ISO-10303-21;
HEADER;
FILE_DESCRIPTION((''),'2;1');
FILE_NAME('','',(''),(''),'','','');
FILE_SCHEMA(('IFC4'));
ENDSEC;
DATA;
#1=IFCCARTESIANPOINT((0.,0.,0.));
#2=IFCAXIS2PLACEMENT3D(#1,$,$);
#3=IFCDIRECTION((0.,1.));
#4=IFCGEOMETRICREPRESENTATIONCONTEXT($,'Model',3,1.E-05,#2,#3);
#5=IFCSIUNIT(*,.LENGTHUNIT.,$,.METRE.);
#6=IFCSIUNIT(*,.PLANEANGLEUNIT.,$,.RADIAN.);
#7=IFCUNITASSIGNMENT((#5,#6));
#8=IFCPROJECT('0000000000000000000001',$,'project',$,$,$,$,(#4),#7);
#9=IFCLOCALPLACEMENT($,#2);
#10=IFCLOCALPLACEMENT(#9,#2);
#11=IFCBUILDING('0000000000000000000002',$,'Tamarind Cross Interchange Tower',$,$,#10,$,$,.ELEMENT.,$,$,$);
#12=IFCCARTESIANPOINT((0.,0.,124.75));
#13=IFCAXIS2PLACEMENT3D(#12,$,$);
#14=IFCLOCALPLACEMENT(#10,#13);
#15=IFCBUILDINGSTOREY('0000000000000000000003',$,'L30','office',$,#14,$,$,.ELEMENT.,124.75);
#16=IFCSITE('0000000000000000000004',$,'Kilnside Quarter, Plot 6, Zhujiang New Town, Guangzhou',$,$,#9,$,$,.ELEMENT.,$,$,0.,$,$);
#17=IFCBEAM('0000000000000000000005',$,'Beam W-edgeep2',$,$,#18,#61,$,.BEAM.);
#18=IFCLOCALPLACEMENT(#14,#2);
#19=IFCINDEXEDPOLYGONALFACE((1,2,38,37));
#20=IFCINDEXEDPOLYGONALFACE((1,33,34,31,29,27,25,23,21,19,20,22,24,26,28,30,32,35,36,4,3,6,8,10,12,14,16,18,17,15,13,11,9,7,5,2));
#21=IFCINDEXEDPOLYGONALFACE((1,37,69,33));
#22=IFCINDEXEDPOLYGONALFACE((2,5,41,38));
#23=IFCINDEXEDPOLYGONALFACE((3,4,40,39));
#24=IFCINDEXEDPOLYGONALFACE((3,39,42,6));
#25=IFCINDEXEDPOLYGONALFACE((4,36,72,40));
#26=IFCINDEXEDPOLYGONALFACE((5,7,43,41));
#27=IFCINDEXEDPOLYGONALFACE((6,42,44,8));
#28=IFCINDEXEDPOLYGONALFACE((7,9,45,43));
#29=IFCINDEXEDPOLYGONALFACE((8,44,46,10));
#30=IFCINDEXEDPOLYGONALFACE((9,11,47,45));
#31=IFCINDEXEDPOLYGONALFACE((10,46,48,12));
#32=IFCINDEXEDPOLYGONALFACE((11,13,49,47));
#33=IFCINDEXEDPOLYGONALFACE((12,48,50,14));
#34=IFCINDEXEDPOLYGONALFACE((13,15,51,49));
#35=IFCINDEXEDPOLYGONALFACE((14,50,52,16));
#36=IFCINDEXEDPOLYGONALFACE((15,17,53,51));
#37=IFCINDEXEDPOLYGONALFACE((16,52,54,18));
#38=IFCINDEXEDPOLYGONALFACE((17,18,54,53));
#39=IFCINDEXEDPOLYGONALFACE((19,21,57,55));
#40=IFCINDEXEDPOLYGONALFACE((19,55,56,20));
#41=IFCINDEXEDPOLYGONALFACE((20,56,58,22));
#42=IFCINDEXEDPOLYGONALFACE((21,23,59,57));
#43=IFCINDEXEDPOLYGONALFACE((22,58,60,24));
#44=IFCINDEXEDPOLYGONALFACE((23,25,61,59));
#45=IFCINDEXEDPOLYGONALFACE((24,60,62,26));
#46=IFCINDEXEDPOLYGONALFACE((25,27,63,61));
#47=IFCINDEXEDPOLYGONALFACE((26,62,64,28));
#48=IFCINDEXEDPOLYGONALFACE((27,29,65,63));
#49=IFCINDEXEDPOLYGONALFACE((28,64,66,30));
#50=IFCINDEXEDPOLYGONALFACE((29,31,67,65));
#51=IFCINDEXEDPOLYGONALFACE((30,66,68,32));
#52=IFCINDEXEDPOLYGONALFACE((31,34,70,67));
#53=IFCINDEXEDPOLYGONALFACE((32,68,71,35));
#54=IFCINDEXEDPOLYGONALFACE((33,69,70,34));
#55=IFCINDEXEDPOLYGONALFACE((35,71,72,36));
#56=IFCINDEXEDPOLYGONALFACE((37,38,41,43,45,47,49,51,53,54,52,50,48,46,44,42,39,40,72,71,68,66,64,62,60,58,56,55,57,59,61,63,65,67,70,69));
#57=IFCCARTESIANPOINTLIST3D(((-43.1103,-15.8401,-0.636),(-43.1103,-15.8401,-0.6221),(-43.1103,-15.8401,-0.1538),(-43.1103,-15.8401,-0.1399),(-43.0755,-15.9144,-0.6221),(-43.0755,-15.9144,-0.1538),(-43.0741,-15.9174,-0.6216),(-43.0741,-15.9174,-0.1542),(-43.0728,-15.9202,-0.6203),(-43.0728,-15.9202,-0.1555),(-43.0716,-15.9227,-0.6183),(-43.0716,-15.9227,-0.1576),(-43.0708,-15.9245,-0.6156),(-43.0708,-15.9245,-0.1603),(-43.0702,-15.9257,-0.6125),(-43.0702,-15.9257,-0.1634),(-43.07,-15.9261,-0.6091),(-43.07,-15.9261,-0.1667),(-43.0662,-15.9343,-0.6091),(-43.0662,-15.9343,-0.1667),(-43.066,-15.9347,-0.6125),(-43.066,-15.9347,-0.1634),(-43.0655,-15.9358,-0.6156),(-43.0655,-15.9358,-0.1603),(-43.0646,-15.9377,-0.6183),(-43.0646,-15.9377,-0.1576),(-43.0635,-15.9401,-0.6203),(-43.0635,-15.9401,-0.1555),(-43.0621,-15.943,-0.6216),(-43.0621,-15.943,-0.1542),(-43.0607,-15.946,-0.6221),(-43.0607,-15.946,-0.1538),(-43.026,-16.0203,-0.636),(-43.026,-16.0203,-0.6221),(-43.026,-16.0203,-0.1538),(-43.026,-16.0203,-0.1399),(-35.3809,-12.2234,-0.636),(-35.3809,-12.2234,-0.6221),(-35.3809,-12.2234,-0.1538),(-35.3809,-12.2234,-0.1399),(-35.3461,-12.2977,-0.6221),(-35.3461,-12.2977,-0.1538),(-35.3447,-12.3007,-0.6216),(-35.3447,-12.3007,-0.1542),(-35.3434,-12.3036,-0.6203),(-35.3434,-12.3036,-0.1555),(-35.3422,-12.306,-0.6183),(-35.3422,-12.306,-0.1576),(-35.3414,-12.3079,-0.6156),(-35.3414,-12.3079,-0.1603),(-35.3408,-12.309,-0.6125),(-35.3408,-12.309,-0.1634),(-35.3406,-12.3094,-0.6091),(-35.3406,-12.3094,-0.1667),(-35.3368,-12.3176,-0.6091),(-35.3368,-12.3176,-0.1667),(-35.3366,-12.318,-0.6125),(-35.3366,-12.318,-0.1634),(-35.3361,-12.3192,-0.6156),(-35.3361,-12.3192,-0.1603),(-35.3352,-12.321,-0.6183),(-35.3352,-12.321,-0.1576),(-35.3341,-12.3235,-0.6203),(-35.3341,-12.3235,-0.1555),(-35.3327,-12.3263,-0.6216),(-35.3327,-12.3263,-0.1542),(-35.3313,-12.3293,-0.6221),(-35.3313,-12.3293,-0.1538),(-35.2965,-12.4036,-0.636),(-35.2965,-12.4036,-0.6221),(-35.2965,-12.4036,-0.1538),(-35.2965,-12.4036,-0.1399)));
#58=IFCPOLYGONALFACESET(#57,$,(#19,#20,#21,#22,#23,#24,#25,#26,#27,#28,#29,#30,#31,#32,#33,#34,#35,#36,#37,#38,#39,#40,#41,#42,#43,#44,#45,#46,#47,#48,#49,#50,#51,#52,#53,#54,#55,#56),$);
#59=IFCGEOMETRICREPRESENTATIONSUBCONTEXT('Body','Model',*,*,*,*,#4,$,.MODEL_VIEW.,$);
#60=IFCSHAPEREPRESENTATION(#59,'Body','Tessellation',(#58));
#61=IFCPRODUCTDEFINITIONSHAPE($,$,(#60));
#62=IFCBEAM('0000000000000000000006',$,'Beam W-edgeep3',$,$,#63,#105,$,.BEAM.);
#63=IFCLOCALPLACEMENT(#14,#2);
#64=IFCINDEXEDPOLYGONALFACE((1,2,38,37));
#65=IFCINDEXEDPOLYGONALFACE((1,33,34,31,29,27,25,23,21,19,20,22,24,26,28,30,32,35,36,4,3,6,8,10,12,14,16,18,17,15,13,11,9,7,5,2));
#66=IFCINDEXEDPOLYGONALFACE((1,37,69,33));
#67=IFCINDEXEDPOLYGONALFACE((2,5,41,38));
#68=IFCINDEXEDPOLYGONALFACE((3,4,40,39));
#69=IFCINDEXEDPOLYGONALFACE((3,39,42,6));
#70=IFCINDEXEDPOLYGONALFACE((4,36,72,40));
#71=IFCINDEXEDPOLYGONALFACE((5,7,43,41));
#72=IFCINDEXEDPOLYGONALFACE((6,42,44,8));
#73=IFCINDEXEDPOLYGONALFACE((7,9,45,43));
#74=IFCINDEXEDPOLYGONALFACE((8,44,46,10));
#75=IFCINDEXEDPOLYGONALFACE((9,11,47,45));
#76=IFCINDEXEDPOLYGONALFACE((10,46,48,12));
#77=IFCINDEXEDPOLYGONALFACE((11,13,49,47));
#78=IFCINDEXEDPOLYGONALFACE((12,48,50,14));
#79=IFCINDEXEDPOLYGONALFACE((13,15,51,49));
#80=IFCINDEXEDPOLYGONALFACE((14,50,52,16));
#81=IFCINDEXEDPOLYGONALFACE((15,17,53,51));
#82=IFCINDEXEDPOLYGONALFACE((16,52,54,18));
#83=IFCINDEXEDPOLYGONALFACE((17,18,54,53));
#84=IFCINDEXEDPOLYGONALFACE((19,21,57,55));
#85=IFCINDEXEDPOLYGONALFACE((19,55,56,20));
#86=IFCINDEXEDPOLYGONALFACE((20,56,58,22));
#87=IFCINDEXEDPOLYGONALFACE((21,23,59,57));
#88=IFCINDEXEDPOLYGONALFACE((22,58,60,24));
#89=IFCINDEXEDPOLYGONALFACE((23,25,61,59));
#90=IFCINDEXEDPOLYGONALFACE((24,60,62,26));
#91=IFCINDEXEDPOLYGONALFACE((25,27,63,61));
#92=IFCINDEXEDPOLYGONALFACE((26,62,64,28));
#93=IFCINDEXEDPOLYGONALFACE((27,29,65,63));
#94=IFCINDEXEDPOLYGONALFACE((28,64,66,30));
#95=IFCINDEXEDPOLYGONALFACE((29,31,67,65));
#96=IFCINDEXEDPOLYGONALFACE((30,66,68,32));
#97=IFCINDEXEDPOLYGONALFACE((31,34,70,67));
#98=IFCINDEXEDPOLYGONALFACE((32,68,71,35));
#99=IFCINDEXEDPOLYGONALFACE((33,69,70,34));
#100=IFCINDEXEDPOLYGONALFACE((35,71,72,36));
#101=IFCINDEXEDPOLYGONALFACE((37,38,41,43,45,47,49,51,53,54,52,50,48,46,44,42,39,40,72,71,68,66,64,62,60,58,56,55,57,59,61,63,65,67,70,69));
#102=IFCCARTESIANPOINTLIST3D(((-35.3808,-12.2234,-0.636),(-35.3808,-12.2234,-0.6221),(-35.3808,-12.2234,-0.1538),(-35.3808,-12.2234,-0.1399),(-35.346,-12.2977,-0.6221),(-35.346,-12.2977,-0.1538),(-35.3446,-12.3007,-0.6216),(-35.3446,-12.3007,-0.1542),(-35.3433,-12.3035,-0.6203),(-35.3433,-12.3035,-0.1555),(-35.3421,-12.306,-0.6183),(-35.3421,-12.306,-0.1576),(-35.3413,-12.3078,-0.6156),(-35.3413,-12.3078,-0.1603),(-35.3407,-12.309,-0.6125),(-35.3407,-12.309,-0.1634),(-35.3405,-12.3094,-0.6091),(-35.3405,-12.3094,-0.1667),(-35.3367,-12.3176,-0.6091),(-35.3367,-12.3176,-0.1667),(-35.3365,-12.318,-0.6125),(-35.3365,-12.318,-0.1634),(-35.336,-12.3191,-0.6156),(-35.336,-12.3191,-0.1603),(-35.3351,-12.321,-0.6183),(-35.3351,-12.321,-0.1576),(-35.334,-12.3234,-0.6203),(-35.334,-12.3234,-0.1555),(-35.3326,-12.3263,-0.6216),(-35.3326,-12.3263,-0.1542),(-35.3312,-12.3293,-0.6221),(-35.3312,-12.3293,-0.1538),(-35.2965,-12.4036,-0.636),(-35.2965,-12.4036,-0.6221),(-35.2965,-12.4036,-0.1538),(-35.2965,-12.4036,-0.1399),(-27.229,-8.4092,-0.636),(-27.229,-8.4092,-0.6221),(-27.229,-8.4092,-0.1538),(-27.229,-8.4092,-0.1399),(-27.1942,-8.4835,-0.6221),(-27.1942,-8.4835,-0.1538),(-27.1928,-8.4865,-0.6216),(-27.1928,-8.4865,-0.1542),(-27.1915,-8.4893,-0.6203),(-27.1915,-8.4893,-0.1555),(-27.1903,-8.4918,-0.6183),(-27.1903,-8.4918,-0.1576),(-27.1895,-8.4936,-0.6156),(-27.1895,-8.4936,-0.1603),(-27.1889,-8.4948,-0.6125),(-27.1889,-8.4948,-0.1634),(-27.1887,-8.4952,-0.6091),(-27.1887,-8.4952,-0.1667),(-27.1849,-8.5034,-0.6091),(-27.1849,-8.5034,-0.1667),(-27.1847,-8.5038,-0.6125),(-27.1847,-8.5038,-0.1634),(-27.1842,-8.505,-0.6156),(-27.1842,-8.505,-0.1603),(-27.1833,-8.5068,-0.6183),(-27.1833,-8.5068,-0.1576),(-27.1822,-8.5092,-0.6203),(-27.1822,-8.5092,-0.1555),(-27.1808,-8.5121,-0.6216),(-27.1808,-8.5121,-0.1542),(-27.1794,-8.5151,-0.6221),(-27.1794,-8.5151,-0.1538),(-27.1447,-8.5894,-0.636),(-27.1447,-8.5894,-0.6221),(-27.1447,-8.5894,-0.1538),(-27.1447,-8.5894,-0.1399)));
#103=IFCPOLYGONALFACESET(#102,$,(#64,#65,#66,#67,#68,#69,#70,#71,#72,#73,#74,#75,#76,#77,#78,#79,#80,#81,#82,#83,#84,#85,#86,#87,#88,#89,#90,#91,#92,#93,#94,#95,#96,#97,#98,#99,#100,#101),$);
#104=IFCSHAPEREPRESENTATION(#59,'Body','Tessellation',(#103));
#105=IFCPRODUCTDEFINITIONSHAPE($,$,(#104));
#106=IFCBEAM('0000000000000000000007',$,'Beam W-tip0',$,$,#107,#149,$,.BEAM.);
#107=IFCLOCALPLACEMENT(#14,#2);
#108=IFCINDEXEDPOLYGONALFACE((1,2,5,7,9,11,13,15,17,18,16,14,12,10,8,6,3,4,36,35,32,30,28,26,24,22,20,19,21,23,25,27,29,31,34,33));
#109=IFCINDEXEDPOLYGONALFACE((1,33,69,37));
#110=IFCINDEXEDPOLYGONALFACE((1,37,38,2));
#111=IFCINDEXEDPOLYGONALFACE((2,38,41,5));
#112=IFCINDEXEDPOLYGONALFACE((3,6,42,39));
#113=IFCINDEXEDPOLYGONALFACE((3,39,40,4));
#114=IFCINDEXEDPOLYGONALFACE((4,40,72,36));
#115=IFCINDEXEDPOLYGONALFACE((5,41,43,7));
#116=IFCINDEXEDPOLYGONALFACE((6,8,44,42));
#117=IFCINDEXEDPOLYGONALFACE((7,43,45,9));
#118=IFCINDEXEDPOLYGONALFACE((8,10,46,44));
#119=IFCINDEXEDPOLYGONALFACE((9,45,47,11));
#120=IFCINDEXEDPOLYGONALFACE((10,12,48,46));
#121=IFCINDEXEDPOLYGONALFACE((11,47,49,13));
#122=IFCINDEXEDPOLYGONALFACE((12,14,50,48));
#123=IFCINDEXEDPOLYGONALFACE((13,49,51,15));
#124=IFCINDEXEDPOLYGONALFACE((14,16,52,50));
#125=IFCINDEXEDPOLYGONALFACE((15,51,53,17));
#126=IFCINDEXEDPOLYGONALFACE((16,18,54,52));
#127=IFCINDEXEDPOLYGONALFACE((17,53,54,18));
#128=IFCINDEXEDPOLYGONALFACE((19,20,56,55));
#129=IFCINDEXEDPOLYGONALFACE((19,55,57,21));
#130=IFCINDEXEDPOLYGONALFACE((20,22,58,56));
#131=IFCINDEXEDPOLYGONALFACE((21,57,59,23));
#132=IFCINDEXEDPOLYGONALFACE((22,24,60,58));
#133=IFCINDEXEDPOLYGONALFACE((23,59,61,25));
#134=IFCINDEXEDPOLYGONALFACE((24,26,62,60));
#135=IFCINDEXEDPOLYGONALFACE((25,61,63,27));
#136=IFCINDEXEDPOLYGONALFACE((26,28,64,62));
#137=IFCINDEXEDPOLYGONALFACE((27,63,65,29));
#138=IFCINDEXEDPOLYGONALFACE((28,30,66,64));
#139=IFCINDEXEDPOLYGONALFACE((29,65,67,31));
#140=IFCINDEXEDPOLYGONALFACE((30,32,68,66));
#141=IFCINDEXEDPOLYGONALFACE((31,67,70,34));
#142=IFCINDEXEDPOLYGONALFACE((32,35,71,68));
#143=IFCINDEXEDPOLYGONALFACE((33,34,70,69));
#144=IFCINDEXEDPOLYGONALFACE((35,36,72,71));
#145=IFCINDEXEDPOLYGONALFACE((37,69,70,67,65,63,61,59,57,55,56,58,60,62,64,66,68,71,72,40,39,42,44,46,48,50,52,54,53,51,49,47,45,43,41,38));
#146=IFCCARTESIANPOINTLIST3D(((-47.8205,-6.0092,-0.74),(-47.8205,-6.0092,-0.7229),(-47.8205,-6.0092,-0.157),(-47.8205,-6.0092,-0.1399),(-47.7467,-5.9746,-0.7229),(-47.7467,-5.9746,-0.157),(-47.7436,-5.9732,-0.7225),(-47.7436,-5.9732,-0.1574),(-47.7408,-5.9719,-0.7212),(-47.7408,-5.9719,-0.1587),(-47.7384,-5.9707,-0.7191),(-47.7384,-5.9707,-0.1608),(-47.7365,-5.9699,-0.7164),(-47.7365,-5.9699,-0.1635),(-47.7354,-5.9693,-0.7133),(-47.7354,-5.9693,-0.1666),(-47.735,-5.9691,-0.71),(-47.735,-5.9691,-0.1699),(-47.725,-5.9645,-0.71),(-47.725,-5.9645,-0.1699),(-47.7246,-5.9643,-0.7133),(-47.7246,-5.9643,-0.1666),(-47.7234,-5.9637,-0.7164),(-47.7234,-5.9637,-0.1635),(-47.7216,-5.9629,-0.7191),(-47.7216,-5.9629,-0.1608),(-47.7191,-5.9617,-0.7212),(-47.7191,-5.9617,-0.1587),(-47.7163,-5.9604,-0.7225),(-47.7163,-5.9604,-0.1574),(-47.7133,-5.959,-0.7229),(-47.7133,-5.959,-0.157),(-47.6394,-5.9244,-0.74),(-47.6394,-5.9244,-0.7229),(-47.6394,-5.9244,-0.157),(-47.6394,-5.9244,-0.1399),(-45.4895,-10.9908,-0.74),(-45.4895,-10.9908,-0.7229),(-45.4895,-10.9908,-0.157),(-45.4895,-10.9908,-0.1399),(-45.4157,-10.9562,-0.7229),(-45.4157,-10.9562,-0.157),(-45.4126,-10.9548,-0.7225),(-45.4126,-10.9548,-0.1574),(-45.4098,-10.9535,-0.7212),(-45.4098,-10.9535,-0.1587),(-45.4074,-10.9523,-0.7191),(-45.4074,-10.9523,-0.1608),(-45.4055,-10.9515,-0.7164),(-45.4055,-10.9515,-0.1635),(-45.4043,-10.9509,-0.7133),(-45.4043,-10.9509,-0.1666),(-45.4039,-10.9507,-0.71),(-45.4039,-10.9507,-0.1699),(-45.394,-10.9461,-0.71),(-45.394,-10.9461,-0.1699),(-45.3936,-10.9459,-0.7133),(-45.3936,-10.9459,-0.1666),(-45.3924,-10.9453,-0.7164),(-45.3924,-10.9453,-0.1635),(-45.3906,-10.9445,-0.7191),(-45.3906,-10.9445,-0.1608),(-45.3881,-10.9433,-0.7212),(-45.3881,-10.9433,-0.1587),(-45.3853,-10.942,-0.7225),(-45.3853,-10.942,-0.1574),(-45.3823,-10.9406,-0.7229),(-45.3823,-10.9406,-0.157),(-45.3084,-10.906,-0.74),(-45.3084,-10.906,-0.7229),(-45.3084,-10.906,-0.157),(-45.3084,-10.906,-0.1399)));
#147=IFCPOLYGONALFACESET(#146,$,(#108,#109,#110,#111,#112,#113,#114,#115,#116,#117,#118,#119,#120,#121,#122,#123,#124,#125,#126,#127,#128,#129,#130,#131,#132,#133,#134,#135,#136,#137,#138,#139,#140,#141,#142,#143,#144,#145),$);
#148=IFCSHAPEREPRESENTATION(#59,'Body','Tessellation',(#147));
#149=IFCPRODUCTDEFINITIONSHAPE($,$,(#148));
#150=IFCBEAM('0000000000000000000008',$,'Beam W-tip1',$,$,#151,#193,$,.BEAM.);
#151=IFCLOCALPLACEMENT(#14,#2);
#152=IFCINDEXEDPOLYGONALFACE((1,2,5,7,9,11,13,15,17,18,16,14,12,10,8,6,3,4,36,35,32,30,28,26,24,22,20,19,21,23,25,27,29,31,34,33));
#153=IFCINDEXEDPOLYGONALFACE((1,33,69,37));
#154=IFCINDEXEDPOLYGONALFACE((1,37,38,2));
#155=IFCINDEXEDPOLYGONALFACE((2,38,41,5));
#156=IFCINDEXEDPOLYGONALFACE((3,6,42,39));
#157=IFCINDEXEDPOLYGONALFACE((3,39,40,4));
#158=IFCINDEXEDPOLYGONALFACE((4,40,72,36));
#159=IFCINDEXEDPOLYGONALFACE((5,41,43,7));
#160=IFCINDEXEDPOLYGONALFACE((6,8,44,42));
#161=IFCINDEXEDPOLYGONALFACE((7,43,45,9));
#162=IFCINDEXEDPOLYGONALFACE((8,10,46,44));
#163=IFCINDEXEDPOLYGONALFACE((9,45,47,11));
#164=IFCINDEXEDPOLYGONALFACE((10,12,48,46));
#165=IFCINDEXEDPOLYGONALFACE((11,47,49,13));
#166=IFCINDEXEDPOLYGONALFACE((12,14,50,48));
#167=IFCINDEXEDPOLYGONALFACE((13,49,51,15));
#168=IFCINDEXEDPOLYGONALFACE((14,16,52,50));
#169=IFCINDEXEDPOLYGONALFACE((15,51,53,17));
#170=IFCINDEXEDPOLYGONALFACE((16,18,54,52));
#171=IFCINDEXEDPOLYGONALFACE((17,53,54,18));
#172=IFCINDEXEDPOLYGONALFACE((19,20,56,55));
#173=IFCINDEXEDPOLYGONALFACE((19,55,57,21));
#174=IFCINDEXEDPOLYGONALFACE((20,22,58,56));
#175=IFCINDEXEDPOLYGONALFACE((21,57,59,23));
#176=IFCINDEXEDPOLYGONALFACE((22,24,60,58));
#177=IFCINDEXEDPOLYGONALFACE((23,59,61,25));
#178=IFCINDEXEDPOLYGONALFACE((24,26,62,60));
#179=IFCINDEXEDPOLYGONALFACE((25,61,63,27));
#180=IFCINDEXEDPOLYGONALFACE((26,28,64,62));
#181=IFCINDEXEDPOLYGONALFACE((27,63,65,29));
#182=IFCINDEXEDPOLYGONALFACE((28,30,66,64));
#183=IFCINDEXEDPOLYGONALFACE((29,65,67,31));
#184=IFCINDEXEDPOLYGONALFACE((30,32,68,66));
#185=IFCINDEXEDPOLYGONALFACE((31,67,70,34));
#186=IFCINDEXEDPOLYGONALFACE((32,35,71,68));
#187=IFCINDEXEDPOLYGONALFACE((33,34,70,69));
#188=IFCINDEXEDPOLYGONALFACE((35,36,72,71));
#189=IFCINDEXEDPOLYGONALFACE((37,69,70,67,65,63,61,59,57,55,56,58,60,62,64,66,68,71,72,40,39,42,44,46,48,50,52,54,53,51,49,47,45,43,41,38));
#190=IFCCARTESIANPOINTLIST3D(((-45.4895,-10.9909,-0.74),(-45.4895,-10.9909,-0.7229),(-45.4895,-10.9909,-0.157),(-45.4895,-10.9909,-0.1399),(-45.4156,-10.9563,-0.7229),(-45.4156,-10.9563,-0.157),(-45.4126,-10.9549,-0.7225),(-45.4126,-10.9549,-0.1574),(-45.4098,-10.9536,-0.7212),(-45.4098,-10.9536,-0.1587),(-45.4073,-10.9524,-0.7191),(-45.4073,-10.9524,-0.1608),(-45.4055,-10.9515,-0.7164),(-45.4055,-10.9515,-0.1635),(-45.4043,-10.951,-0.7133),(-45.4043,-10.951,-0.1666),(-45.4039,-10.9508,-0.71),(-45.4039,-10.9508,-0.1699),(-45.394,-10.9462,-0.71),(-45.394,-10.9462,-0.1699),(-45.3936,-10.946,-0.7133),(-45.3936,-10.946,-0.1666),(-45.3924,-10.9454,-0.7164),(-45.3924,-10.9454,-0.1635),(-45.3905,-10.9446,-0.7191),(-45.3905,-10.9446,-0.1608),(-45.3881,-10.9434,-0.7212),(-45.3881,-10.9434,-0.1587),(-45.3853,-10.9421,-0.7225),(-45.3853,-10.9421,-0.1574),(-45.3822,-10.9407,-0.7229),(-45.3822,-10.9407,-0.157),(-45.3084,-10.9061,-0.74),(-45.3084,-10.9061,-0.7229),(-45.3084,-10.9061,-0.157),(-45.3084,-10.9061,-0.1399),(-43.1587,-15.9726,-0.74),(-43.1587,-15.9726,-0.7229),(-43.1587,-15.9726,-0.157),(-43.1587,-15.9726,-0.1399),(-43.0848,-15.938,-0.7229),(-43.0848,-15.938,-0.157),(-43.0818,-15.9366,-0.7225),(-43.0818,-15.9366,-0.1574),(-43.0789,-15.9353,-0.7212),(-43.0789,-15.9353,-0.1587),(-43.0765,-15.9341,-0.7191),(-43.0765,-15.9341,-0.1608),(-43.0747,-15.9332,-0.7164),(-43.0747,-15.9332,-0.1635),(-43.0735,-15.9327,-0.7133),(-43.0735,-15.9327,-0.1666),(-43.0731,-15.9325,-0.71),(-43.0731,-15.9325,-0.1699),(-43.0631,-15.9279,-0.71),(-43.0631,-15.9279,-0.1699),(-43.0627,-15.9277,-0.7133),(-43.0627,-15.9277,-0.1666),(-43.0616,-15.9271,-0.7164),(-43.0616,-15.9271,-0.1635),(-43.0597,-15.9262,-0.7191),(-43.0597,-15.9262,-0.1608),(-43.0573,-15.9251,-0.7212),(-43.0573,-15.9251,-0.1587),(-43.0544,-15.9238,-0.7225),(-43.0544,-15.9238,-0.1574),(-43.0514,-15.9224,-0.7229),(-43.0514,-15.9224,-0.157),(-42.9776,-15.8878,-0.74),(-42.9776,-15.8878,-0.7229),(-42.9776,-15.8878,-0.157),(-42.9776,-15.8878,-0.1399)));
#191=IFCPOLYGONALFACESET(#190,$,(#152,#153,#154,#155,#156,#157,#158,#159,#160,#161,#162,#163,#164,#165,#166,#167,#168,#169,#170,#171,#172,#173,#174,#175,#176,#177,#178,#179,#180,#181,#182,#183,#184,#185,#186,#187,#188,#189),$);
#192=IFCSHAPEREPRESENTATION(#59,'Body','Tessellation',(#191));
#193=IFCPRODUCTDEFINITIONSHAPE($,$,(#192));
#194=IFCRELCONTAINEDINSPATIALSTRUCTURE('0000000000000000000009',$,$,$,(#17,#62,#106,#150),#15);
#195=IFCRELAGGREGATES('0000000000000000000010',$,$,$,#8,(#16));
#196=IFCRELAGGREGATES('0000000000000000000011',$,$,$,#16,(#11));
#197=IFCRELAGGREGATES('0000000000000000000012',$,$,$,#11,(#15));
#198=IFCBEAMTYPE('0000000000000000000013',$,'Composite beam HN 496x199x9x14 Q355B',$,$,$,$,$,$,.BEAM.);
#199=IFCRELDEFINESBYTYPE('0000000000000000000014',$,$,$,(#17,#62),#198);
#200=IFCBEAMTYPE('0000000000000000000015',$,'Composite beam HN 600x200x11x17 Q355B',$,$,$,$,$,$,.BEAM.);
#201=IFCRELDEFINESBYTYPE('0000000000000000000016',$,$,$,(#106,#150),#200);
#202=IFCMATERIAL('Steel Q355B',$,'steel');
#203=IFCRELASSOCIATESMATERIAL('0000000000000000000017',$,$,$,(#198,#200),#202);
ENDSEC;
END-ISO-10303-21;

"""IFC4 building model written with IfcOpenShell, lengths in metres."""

from ifc_helpers import new_model, si_unit, direction, frame, origin, origin_2d, place, context, subcontext, project, spatial, i_section, extrude, material, material_profile, profile_set, type_object, element, save


model = new_model("IFC4")

# Units and contexts
model_context = context("Model", 3, precision=1e-05, world=origin(), true_north=direction((0.0, 1.0)))
body_context = subcontext(model_context, "Body", "Model", "MODEL_VIEW")
ifc_project = project(units=[si_unit("LENGTHUNIT", "METRE"), si_unit("PLANEANGLEUNIT", "RADIAN")], contexts=[model_context])

# Site, building, storey
site_placement = place(None, origin())
site = spatial("IfcSite", under=ifc_project, at=site_placement, Name="Kilnside Quarter, Plot 6, Zhujiang New Town, Guangzhou", CompositionType="ELEMENT", RefElevation=0.0)
building_placement = place(site_placement, origin())
building = spatial("IfcBuilding", under=site, at=building_placement, Name="Tamarind Cross Interchange Tower", CompositionType="ELEMENT")
storey_placement = place(building_placement, frame((0.0, 0.0, 124.75)))
storey = spatial("IfcBuildingStorey", under=building, at=storey_placement, Name="L30", Description="office", CompositionType="ELEMENT", Elevation=124.75)

# Beams
ifc_material_1 = material(Name="Steel Q355B", Category="steel")
ifc_material_profile_1 = material_profile(ifc_material_1, i_section(OverallWidth=0.199, OverallDepth=0.4961, WebThickness=0.009, FlangeThickness=0.0139, FilletRadius=0.0129, at=origin_2d()), Name="HN 496x199x9x14")
ifc_profile_set_1 = profile_set([ifc_material_profile_1], Name="Steel Q355B")
beam_type_1 = type_object("IfcBeamType", Name="Composite beam HN 496x199x9x14 Q355B", PredefinedType="BEAM", material=ifc_profile_set_1)
beam_1_placement = place(storey_placement, frame((-43.0681, -15.9302, -0.3879), z_axis=(0.905751, 0.423809, 0.0), x_axis=(-0.423809, 0.905751, 0.0)))
element("IfcBeam", 1, at=beam_1_placement, inside=storey, type_object=beam_type_1, Name="Beam W-edgeep2", PredefinedType="BEAM", context=body_context, shape_type="SweptSolid", body=[
    extrude(i_section(OverallWidth=0.199, OverallDepth=0.4961, WebThickness=0.009, FlangeThickness=0.0139, FilletRadius=0.0129, at=origin_2d()), origin(), (0.0, 0.0, 1.0), 8.5337),
])
beam_2_placement = place(storey_placement, frame((-35.3386, -12.3135, -0.3879), z_axis=(0.905756, 0.423799, 0.0), x_axis=(-0.423799, 0.905756, 0.0)))
element("IfcBeam", 2, at=beam_2_placement, inside=storey, type_object=beam_type_1, Name="Beam W-edgeep3", PredefinedType="BEAM", context=body_context, shape_type="SweptSolid", body=[
    extrude(i_section(OverallWidth=0.199, OverallDepth=0.4961, WebThickness=0.009, FlangeThickness=0.0139, FilletRadius=0.0129, at=origin_2d()), origin(), (0.0, 0.0, 1.0), 9.0),
])
ifc_material_profile_2 = material_profile(ifc_material_1, i_section(OverallWidth=0.2, OverallDepth=0.6001, WebThickness=0.011, FlangeThickness=0.0171, FilletRadius=0.0129, at=origin_2d()), Name="HN 600x200x11x17")
ifc_profile_set_2 = profile_set([ifc_material_profile_2], Name="Steel Q355B")
beam_type_2 = type_object("IfcBeamType", Name="Composite beam HN 600x200x11x17 Q355B", PredefinedType="BEAM", material=ifc_profile_set_2)
for number, where, z_axis, x_axis, name in (
    (3, (-47.73, -5.9668, -0.4399), (0.423821, -0.905746, 0.0), (0.905746, 0.423821, 0.0), "Beam W-tip0"),
    (4, (-45.3989, -10.9485, -0.4399), (0.423784, -0.905763, 0.0), (0.905763, 0.423784, 0.0), "Beam W-tip1"),
):
    element("IfcBeam", number, at=place(storey_placement, frame(where, z_axis=z_axis, x_axis=x_axis)), inside=storey, type_object=beam_type_2, Name=name, PredefinedType="BEAM", context=body_context, shape_type="SweptSolid", body=[
        extrude(i_section(OverallWidth=0.2, OverallDepth=0.6001, WebThickness=0.011, FlangeThickness=0.0171, FilletRadius=0.0129, at=origin_2d()), origin(), (0.0, 0.0, 1.0), 5.5),
    ])

save(model, "model.ifc")
